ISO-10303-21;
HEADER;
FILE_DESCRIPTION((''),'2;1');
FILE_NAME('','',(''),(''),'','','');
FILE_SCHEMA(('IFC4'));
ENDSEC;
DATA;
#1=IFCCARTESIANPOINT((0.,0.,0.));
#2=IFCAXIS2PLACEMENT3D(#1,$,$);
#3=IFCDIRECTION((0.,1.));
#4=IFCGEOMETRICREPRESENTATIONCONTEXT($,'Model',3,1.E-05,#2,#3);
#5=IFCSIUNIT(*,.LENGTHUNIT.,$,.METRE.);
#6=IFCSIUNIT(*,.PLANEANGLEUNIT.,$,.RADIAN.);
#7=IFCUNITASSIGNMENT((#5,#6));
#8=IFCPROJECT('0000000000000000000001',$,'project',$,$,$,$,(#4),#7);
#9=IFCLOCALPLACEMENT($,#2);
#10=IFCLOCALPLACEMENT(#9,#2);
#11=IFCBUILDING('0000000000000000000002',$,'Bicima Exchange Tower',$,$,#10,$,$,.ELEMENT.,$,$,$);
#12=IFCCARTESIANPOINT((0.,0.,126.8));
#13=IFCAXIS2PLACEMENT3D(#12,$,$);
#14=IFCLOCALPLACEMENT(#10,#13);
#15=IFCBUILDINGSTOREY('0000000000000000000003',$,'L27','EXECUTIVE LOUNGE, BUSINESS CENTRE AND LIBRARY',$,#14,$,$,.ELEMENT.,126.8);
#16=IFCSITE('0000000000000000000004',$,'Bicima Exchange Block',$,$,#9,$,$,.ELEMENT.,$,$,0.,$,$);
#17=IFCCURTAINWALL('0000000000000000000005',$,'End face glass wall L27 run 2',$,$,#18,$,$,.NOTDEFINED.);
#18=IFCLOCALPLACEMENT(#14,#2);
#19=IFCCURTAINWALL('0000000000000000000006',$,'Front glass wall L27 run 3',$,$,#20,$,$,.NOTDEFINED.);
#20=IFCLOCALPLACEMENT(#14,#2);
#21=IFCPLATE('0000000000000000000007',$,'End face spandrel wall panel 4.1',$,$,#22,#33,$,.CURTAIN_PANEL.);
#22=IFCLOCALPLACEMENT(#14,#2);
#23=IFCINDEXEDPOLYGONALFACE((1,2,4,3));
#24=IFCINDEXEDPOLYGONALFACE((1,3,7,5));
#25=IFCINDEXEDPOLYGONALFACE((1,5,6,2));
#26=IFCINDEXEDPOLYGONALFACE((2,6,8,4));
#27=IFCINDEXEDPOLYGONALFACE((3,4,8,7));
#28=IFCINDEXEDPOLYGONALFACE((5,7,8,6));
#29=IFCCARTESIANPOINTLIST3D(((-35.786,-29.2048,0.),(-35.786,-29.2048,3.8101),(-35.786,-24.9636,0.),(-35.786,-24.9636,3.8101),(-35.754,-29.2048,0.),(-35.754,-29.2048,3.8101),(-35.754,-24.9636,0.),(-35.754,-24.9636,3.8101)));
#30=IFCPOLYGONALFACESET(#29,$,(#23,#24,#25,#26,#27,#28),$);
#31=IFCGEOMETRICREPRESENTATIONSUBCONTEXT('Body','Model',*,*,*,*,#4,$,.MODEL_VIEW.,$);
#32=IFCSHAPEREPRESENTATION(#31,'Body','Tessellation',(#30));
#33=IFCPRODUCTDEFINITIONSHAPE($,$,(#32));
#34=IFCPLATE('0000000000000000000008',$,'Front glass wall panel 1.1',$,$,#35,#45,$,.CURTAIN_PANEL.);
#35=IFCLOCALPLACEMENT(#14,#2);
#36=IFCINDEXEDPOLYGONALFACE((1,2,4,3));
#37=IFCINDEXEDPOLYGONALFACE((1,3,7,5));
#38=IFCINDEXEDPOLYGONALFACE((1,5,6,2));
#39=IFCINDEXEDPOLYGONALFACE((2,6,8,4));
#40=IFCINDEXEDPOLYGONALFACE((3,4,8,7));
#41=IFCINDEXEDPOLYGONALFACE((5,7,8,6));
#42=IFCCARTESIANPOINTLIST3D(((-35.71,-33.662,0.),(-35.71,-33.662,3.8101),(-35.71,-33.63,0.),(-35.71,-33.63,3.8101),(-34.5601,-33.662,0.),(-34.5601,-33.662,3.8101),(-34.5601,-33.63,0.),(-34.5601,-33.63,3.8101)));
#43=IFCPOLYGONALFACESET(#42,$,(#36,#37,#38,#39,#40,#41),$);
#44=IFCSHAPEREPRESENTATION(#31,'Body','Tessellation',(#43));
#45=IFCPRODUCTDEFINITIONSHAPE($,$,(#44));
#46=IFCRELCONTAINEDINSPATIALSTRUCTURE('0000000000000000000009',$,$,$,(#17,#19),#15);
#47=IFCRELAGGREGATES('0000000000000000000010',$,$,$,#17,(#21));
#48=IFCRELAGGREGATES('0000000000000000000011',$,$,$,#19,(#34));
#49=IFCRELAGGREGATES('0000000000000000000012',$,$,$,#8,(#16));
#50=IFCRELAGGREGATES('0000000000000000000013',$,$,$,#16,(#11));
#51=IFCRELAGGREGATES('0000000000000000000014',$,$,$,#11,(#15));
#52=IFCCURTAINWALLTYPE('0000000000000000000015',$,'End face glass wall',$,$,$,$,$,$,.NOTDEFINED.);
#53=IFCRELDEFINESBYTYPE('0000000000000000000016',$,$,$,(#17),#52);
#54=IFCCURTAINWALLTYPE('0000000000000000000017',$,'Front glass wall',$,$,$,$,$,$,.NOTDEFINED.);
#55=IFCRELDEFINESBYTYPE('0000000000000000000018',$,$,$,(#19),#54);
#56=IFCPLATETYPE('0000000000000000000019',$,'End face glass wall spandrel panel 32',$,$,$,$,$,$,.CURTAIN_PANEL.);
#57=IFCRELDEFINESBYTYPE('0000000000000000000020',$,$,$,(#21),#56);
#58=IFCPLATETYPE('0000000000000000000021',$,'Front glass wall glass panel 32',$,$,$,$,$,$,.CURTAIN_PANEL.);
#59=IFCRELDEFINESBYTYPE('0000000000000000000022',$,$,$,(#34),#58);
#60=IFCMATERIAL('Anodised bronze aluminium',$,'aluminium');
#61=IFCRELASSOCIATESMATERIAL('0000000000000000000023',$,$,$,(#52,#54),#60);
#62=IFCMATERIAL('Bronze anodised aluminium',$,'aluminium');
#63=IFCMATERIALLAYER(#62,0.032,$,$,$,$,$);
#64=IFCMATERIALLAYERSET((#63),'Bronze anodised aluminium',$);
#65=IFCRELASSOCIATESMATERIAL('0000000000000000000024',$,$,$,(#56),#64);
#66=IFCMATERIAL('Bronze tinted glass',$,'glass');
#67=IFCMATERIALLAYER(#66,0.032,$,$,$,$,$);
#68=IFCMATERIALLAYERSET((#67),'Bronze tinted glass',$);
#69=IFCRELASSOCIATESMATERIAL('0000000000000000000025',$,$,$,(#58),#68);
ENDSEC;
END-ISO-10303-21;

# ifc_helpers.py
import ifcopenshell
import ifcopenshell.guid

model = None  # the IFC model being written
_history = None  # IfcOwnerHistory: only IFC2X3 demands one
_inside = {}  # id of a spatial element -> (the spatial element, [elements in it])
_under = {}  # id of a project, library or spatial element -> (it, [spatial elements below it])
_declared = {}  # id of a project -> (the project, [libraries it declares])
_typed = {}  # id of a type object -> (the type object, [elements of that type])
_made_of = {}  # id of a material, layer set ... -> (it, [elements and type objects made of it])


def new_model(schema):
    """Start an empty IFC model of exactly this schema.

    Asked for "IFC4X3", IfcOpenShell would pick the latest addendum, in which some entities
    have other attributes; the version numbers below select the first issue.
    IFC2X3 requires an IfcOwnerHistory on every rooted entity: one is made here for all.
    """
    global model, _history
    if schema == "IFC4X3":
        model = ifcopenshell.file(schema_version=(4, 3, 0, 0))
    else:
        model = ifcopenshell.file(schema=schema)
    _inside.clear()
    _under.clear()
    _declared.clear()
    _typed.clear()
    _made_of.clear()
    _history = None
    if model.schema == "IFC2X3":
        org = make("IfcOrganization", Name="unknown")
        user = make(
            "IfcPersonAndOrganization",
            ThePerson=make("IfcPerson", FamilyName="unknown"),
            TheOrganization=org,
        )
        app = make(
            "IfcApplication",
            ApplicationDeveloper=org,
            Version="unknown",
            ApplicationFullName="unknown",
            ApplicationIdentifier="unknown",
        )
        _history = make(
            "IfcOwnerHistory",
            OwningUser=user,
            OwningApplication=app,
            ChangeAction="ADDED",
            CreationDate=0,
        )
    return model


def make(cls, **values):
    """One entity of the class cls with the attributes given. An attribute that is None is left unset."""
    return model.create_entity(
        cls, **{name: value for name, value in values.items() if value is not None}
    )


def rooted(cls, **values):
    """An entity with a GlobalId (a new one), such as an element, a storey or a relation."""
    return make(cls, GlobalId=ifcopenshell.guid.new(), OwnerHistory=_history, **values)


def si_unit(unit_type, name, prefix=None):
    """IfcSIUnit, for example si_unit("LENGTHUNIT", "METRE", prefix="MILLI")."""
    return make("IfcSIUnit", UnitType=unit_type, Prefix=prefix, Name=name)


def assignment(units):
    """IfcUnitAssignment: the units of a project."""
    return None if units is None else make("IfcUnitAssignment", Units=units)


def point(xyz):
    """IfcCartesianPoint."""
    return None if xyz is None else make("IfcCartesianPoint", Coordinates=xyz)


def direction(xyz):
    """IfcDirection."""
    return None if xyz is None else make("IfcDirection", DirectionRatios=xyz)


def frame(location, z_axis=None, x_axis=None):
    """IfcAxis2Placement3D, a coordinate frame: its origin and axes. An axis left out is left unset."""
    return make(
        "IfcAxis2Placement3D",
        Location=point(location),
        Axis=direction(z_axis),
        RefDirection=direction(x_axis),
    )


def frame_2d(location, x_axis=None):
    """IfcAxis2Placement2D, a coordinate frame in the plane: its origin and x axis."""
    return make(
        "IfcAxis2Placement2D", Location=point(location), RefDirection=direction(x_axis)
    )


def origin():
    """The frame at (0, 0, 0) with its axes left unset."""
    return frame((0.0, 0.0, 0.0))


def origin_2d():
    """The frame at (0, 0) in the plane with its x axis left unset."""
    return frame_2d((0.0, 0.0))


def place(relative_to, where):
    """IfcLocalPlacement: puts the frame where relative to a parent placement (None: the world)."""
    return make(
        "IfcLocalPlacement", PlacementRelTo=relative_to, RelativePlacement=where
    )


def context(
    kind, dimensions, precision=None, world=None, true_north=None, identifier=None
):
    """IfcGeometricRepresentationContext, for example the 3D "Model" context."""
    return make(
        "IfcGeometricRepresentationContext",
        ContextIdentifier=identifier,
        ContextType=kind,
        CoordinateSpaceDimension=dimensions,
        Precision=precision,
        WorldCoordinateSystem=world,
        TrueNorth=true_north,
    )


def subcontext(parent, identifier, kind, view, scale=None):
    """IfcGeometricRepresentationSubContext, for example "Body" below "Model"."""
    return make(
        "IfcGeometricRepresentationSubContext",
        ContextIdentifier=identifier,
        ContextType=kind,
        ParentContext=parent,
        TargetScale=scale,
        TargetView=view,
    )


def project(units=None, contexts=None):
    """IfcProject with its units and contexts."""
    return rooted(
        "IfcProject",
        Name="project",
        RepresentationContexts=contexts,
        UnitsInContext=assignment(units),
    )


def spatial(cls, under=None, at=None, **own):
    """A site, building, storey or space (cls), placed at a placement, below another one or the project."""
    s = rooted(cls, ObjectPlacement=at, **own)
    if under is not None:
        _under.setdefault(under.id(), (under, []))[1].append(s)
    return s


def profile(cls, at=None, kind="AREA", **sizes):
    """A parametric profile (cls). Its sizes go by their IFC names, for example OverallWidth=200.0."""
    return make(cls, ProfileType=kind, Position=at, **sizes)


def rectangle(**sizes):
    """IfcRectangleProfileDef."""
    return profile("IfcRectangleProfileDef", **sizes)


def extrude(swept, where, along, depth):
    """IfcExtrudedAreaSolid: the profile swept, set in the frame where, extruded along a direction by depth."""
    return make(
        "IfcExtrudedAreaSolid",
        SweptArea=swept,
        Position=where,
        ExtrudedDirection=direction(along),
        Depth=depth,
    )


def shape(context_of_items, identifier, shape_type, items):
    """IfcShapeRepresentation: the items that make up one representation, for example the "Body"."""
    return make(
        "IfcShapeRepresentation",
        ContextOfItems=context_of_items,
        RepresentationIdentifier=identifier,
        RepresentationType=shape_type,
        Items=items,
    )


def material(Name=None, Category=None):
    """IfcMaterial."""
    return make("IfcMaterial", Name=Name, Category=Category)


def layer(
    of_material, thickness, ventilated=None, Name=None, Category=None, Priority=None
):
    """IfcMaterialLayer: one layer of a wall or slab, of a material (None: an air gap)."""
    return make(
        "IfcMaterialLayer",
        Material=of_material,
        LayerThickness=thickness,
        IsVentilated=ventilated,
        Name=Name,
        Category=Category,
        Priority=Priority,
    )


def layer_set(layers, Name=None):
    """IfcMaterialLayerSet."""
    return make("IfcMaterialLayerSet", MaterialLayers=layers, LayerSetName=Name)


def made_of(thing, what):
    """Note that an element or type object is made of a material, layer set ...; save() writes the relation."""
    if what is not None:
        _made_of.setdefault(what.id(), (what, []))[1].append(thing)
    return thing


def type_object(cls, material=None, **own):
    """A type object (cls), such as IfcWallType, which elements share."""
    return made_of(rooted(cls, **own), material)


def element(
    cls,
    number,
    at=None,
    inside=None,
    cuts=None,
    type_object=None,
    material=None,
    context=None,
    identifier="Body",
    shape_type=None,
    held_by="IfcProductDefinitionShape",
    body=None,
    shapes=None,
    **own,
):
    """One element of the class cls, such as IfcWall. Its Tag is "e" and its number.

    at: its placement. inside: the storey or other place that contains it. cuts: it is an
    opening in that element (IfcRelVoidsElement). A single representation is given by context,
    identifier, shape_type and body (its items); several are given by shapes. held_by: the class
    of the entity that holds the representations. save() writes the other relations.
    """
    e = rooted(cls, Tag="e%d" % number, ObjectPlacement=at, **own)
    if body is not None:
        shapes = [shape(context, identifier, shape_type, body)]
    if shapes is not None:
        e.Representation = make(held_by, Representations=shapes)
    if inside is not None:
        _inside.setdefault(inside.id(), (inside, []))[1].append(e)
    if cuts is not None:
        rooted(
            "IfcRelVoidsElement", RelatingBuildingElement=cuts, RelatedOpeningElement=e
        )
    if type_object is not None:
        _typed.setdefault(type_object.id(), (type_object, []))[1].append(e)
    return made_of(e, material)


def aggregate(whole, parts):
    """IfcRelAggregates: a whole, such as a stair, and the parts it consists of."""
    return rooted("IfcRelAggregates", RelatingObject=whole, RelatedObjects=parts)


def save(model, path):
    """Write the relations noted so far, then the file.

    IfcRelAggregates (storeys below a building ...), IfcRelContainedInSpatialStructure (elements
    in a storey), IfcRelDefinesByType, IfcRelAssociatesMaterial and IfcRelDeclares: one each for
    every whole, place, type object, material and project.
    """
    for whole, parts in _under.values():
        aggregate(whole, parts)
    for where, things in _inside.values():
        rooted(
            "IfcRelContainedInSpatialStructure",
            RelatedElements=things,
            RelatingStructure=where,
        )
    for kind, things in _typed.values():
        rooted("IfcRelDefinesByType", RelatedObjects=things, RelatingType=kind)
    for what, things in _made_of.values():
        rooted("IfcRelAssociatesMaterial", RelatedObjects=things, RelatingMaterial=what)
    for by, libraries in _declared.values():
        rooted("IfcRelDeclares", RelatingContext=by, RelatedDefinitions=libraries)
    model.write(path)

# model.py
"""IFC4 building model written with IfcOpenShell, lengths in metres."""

from ifc_helpers import new_model, si_unit, direction, frame, origin, origin_2d, place, context, subcontext, project, spatial, rectangle, extrude, material, layer, layer_set, type_object, element, aggregate, save


model = new_model("IFC4")

# Units and contexts
model_context = context("Model", 3, precision=1e-05, world=origin(), true_north=direction((0.0, 1.0)))
body_context = subcontext(model_context, "Body", "Model", "MODEL_VIEW")
ifc_project = project(units=[si_unit("LENGTHUNIT", "METRE"), si_unit("PLANEANGLEUNIT", "RADIAN")], contexts=[model_context])

# Site, building, storey
site_placement = place(None, origin())
site = spatial("IfcSite", under=ifc_project, at=site_placement, Name="Bicima Exchange Block", CompositionType="ELEMENT", RefElevation=0.0)
building_placement = place(site_placement, origin())
building = spatial("IfcBuilding", under=site, at=building_placement, Name="Bicima Exchange Tower", CompositionType="ELEMENT")
storey_placement = place(building_placement, frame((0.0, 0.0, 126.8)))
storey = spatial("IfcBuildingStorey", under=building, at=storey_placement, Name="L27", Description="EXECUTIVE LOUNGE, BUSINESS CENTRE AND LIBRARY", CompositionType="ELEMENT", Elevation=126.8)

# Curtain wall
ifc_material_1 = material(Name="Anodised bronze aluminium", Category="aluminium")
curtain_wall_type_1 = type_object("IfcCurtainWallType", Name="End face glass wall", PredefinedType="NOTDEFINED", material=ifc_material_1)
curtain_wall_1_placement = place(storey_placement, origin())
curtain_wall_1 = element("IfcCurtainWall", 1, at=curtain_wall_1_placement, inside=storey, type_object=curtain_wall_type_1, Name="End face glass wall L27 run 2", PredefinedType="NOTDEFINED")

# Curtain wall
curtain_wall_type_2 = type_object("IfcCurtainWallType", Name="Front glass wall", PredefinedType="NOTDEFINED", material=ifc_material_1)
curtain_wall_2_placement = place(storey_placement, origin())
curtain_wall_2 = element("IfcCurtainWall", 2, at=curtain_wall_2_placement, inside=storey, type_object=curtain_wall_type_2, Name="Front glass wall L27 run 3", PredefinedType="NOTDEFINED")

# Plates
ifc_material_2 = material(Name="Bronze tinted glass", Category="glass")
ifc_material_3 = material(Name="Bronze anodised aluminium", Category="aluminium")
ifc_layer_1 = layer(ifc_material_3, 0.032)
ifc_layer_set_1 = layer_set([ifc_layer_1], Name="Bronze anodised aluminium")
plate_type_1 = type_object("IfcPlateType", Name="End face glass wall spandrel panel 32", PredefinedType="CURTAIN_PANEL", material=ifc_layer_set_1)
plate_1_placement = place(storey_placement, frame((-35.77, -27.0842, 0.0), z_axis=(0.0, 0.0, 1.0), x_axis=(0.0, -1.0, 0.0)))
plate_1 = element("IfcPlate", 3, at=plate_1_placement, type_object=plate_type_1, Name="End face spandrel wall panel 4.1", PredefinedType="CURTAIN_PANEL", context=body_context, shape_type="SweptSolid", body=[
    extrude(rectangle(XDim=4.2412, YDim=0.032, at=origin_2d()), origin(), (0.0, 0.0, 1.0), 3.8101),
])
aggregate(curtain_wall_1, [plate_1])
ifc_layer_2 = layer(ifc_material_2, 0.032)
ifc_layer_set_2 = layer_set([ifc_layer_2], Name="Bronze tinted glass")
plate_type_2 = type_object("IfcPlateType", Name="Front glass wall glass panel 32", PredefinedType="CURTAIN_PANEL", material=ifc_layer_set_2)
plate_2_placement = place(storey_placement, frame((-35.135, -33.646, 0.0), z_axis=(0.0, 0.0, 1.0), x_axis=(1.0, 0.0, 0.0)))
plate_2 = element("IfcPlate", 4, at=plate_2_placement, type_object=plate_type_2, Name="Front glass wall panel 1.1", PredefinedType="CURTAIN_PANEL", context=body_context, shape_type="SweptSolid", body=[
    extrude(rectangle(XDim=1.1499, YDim=0.032, at=origin_2d()), origin(), (0.0, 0.0, 1.0), 3.8101),
])
aggregate(curtain_wall_2, [plate_2])

save(model, "model.ifc")
